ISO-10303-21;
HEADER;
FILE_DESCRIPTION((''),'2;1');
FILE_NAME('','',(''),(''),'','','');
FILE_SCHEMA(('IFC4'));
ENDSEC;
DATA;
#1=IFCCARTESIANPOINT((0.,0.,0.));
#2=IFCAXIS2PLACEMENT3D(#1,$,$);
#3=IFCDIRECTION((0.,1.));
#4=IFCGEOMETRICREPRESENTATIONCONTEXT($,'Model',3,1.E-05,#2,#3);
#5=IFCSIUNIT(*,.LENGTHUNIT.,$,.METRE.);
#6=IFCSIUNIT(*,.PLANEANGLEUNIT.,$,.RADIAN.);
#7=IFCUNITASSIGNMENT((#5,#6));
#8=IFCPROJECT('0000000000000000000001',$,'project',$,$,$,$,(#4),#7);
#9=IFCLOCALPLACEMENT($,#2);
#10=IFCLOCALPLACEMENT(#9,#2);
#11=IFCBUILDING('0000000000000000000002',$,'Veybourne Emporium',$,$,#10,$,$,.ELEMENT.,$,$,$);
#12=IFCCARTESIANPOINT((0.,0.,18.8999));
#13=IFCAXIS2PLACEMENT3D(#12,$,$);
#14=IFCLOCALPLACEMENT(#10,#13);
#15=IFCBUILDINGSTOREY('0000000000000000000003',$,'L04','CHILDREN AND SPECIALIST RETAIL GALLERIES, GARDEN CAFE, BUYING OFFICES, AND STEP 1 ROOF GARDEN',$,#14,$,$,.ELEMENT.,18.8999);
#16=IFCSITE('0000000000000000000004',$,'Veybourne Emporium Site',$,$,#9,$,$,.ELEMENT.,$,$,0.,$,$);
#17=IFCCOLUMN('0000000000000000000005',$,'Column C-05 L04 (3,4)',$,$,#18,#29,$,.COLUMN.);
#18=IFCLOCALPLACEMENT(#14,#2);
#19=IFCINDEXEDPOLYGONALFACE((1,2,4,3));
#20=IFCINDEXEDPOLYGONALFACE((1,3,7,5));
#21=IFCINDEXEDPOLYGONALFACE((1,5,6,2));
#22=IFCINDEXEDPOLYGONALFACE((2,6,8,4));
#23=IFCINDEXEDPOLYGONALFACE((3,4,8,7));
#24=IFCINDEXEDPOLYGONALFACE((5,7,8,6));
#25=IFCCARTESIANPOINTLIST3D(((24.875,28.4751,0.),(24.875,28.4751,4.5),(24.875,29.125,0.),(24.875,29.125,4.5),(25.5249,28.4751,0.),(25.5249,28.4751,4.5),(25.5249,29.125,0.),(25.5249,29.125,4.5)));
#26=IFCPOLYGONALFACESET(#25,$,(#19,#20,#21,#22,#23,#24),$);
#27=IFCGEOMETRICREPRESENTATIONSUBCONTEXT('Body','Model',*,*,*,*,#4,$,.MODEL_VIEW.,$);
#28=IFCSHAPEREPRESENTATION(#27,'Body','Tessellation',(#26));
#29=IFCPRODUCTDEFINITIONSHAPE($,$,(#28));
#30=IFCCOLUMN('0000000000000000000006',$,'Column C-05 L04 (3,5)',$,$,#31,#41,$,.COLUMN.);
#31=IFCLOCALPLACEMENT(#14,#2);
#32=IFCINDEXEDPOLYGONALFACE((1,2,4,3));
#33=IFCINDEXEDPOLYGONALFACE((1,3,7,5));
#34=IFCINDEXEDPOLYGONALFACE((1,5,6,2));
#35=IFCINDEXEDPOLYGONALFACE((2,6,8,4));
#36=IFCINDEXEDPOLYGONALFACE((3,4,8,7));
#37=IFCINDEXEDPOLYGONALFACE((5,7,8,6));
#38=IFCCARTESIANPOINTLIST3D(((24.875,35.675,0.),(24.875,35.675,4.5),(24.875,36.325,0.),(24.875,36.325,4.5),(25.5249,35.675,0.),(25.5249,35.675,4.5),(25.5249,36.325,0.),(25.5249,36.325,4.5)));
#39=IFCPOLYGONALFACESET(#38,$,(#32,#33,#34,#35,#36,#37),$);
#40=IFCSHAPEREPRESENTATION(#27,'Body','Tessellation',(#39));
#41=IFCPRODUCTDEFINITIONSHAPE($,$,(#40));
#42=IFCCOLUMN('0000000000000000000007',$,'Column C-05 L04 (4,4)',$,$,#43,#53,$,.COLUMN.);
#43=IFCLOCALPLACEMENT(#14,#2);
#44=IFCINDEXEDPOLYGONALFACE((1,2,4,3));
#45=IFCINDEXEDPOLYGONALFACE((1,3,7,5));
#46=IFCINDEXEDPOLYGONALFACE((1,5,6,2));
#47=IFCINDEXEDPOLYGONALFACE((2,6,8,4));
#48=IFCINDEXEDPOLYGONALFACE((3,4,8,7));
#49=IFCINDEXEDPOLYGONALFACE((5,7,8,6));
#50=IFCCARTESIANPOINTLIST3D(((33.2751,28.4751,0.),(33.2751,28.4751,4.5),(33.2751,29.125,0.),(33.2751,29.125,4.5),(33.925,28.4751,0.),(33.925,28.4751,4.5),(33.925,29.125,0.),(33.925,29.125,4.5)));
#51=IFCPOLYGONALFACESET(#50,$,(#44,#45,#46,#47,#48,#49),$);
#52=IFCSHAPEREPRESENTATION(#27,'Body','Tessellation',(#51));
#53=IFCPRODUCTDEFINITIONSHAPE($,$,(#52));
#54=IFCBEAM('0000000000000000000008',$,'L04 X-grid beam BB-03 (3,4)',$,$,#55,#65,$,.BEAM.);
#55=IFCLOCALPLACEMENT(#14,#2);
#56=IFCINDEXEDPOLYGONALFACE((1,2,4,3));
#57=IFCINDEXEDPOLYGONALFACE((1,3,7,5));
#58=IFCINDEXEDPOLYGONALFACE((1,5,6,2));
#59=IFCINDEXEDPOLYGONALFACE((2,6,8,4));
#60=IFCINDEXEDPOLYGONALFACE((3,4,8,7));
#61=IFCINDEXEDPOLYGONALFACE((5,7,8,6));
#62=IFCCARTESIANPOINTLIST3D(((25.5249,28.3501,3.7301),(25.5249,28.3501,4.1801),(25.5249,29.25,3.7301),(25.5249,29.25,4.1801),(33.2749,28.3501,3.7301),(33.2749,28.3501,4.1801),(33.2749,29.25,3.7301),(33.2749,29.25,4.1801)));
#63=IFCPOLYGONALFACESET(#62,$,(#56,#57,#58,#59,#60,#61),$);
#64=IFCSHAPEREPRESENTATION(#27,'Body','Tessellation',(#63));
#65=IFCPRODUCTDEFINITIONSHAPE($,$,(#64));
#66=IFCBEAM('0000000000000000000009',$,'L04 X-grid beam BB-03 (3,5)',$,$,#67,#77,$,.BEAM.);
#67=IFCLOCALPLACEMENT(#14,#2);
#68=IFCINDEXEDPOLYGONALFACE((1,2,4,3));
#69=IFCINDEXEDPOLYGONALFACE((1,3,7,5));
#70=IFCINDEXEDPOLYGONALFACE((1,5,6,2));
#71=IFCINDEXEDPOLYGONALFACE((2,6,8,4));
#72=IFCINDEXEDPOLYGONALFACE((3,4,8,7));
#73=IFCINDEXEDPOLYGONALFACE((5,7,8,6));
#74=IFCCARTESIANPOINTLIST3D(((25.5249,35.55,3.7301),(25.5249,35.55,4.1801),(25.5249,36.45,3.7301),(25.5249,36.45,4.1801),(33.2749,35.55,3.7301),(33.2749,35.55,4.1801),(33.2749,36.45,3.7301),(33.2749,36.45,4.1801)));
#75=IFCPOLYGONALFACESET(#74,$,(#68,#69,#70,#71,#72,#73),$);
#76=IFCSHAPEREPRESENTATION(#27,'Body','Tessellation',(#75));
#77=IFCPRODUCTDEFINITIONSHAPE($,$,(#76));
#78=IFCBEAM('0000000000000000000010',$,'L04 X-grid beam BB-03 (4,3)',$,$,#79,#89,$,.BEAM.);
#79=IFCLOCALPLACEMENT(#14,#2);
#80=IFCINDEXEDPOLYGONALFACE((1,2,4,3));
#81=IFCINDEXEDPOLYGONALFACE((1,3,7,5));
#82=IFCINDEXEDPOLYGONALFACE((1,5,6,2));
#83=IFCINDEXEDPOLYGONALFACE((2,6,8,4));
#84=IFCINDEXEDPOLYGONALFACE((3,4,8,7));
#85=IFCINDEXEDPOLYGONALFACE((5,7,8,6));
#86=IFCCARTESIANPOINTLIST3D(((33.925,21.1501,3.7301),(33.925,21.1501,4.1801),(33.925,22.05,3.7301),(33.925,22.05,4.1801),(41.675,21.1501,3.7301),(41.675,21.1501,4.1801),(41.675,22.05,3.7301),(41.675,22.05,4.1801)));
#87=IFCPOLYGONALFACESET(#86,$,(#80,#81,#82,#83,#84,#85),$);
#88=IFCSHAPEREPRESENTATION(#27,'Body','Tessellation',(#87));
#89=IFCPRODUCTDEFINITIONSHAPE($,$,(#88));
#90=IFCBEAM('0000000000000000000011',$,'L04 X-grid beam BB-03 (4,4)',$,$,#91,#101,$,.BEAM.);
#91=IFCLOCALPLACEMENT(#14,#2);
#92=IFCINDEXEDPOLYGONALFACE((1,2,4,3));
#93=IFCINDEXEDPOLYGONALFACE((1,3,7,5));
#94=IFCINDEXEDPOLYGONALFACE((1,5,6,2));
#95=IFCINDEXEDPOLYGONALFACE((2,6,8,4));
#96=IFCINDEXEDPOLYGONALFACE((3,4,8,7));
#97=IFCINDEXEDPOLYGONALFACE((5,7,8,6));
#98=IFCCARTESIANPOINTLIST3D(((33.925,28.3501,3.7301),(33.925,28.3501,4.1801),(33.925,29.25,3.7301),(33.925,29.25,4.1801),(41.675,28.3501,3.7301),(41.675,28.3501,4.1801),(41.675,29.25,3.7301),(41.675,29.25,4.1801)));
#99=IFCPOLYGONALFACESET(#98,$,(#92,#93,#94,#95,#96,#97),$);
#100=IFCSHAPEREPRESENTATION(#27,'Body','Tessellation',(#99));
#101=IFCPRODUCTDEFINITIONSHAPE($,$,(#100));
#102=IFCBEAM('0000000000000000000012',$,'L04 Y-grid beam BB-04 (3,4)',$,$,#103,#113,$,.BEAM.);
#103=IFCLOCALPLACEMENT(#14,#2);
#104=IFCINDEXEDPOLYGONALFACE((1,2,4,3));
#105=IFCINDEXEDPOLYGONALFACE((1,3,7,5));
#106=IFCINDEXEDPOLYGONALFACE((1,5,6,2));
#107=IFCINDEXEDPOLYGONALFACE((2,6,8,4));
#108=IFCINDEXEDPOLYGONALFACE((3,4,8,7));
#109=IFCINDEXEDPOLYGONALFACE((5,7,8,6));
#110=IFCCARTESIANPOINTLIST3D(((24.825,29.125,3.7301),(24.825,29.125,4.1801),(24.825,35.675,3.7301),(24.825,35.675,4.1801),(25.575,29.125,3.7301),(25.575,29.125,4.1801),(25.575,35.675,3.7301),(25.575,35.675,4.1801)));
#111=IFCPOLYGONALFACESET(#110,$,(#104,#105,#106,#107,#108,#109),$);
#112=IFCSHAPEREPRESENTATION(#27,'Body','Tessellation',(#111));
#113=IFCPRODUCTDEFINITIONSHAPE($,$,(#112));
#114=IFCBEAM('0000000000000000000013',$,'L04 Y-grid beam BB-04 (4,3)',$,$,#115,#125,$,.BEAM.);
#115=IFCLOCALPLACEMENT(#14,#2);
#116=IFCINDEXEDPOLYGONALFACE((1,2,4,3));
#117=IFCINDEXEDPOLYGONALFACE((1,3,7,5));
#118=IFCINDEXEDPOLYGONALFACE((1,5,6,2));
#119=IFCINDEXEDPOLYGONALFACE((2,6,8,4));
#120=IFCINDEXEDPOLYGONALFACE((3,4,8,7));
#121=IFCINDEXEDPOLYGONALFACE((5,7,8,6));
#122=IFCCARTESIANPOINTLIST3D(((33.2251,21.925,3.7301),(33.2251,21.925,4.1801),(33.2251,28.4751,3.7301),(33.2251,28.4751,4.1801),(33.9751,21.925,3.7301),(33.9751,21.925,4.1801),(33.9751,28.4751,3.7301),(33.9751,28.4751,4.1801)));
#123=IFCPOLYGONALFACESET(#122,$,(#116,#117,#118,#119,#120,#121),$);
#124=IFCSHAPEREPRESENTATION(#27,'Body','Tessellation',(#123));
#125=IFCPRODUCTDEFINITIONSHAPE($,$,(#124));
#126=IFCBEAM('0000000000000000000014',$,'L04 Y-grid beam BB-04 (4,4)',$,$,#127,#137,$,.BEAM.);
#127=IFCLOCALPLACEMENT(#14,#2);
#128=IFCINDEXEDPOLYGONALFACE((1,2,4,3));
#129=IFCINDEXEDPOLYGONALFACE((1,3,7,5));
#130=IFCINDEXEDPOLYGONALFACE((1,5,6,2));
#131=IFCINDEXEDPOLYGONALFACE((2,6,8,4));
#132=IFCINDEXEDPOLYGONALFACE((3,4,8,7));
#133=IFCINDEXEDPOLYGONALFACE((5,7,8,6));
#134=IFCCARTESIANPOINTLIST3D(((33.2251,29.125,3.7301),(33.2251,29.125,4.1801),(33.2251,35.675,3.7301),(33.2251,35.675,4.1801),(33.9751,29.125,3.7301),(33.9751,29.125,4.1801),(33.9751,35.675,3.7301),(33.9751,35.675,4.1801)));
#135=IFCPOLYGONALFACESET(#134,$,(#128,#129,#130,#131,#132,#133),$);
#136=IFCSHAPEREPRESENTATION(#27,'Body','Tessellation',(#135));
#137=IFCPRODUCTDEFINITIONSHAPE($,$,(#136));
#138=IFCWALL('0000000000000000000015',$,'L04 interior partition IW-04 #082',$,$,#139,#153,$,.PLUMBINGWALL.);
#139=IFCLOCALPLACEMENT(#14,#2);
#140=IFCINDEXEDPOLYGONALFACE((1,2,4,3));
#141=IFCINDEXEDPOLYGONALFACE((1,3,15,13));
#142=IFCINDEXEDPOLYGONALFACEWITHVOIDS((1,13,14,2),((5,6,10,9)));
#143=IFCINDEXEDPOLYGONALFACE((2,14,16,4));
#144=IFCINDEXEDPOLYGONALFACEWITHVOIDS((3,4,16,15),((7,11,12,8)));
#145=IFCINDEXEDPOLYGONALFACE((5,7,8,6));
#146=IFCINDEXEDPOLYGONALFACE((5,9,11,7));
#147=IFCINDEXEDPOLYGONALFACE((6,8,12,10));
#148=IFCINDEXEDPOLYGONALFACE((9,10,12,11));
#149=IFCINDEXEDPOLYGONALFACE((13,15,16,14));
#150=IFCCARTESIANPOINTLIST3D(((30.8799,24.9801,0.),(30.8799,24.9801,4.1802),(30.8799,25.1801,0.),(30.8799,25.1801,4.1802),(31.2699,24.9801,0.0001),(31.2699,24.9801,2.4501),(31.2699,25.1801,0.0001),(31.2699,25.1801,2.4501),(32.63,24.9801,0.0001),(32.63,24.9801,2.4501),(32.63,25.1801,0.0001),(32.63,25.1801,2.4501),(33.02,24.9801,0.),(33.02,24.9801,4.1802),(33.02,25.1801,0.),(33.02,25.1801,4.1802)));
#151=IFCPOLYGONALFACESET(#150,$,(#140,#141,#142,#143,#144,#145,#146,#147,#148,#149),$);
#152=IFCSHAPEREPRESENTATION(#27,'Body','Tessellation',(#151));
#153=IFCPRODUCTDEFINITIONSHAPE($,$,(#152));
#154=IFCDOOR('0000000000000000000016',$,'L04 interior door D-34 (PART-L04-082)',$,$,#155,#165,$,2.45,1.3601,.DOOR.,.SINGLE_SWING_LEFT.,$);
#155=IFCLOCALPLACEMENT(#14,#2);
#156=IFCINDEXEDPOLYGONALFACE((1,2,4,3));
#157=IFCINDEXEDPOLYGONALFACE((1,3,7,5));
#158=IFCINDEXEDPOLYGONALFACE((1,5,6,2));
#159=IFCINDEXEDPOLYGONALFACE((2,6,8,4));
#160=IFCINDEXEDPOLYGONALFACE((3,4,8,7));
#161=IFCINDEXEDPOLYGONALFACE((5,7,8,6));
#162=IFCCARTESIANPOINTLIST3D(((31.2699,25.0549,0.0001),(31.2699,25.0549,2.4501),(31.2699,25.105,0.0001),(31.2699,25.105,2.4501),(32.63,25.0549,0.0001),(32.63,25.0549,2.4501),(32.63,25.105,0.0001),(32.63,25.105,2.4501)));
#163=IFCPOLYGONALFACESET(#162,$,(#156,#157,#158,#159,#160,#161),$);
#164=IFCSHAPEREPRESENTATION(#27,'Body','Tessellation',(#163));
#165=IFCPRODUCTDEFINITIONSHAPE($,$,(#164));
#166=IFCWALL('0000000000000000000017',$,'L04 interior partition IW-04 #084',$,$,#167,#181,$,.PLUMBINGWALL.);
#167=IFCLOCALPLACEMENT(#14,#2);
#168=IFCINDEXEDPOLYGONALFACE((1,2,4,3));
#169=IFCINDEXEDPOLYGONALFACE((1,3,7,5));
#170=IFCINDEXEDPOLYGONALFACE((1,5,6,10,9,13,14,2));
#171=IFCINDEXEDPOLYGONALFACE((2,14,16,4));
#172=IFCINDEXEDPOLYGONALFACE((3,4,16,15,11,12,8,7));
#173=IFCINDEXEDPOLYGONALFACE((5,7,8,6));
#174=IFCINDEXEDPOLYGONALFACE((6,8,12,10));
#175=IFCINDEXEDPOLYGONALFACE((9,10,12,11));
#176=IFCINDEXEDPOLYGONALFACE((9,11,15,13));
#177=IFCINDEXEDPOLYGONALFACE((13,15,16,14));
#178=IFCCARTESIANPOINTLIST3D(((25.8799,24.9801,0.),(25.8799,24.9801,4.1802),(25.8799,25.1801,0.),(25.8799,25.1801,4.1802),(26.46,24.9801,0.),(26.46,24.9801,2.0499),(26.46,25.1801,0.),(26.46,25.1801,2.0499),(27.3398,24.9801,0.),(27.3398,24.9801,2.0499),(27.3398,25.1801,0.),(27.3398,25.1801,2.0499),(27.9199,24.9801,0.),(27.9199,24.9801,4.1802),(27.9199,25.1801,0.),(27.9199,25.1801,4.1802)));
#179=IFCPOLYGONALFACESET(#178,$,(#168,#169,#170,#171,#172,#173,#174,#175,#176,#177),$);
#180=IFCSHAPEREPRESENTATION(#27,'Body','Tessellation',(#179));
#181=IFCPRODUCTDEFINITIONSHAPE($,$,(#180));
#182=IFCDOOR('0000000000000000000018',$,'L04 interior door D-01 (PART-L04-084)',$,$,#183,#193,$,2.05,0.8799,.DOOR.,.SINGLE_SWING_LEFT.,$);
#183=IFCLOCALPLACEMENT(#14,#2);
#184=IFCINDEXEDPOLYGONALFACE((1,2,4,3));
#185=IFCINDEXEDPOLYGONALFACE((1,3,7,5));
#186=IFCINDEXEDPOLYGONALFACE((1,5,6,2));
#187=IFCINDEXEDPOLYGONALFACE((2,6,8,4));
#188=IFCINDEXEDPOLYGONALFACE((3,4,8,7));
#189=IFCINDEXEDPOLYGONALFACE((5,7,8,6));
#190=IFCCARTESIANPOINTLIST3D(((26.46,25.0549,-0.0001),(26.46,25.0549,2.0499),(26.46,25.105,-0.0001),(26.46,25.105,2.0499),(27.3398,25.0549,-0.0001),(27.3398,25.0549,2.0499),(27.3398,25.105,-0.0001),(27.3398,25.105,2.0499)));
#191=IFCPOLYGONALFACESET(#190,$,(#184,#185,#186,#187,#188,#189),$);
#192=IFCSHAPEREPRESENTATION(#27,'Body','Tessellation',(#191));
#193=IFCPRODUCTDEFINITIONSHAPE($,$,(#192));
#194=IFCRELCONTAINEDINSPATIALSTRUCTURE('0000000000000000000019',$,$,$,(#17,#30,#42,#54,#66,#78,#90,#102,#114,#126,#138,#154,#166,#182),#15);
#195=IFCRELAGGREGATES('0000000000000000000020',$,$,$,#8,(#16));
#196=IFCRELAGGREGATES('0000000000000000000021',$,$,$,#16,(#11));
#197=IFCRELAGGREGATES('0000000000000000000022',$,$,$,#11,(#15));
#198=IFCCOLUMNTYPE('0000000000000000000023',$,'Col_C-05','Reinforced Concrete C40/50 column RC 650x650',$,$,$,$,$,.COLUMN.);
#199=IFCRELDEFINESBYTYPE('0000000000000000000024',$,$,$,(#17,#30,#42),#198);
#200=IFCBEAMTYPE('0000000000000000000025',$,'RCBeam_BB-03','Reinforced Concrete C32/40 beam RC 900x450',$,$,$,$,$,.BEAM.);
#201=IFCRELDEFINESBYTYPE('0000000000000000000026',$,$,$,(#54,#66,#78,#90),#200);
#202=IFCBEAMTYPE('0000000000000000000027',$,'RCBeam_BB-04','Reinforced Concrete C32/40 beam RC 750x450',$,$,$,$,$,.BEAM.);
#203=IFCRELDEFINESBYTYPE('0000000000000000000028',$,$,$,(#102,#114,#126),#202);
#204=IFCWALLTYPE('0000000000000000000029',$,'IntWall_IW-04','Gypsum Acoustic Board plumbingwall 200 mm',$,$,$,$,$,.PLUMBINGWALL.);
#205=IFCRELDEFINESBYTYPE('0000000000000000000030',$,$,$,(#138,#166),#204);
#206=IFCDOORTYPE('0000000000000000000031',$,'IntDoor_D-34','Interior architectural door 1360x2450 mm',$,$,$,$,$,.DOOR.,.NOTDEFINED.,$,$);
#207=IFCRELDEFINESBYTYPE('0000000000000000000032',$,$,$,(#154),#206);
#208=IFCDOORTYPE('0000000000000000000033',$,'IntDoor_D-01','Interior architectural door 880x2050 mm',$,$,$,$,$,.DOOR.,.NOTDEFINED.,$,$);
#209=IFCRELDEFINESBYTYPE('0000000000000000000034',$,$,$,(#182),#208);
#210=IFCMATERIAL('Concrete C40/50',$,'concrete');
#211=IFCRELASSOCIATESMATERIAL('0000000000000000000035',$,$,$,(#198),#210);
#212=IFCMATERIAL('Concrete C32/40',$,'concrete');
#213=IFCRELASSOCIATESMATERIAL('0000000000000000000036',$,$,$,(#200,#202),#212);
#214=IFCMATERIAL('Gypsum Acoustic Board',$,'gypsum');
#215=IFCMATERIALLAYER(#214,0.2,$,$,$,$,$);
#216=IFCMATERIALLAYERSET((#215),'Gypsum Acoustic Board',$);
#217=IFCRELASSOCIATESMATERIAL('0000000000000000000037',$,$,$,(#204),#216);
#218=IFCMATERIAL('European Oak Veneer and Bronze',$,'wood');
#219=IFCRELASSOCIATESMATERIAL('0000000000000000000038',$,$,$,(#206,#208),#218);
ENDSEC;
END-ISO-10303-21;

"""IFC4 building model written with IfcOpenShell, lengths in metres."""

from ifc_helpers import new_model, si_unit, direction, frame, frame_2d, origin, origin_2d, place, context, subcontext, project, spatial, rectangle, extrude, material, layer, layer_set, material_profile, profile_set, type_object, element, fill, save


model = new_model("IFC4")

# Units and contexts
model_context = context("Model", 3, precision=1e-05, world=origin(), true_north=direction((0.0, 1.0)))
body_context = subcontext(model_context, "Body", "Model", "MODEL_VIEW")
ifc_project = project(units=[si_unit("LENGTHUNIT", "METRE"), si_unit("PLANEANGLEUNIT", "RADIAN")], contexts=[model_context])

# Site, building, storey
site_placement = place(None, origin())
site = spatial("IfcSite", under=ifc_project, at=site_placement, Name="Veybourne Emporium Site", CompositionType="ELEMENT", RefElevation=0.0)
building_placement = place(site_placement, origin())
building = spatial("IfcBuilding", under=site, at=building_placement, Name="Veybourne Emporium", CompositionType="ELEMENT")
storey_placement = place(building_placement, frame((0.0, 0.0, 18.8999)))
storey = spatial("IfcBuildingStorey", under=building, at=storey_placement, Name="L04", Description="CHILDREN AND SPECIALIST RETAIL GALLERIES, GARDEN CAFE, BUYING OFFICES, AND STEP 1 ROOF GARDEN", CompositionType="ELEMENT", Elevation=18.8999)

# Columns
ifc_material_1 = material(Name="Concrete C40/50", Category="concrete")
ifc_material_profile_1 = material_profile(ifc_material_1, rectangle(XDim=0.6499, YDim=0.6499, at=origin_2d()), Name="RC 650x650")
ifc_profile_set_1 = profile_set([ifc_material_profile_1], Name="Concrete C40/50")
column_type = type_object("IfcColumnType", Name="Col_C-05", Description="Reinforced Concrete C40/50 column RC 650x650", PredefinedType="COLUMN", material=ifc_profile_set_1)
for number, where, z_axis, x_axis, name in (
    (1, (25.2, 28.8, 0.0), (0.0, 0.0, 1.0), (1.0, 0.0, 0.0), "Column C-05 L04 (3,4)"),
    (2, (25.2, 36.0, 0.0), (0.0, 0.0, 1.0), (1.0, 0.0, 0.0), "Column C-05 L04 (3,5)"),
    (3, (33.6001, 28.8, 0.0), (0.0, 0.0, 1.0), (1.0, 0.0, 0.0), "Column C-05 L04 (4,4)"),
):
    element("IfcColumn", number, at=place(storey_placement, frame(where, z_axis=z_axis, x_axis=x_axis)), inside=storey, type_object=column_type, Name=name, PredefinedType="COLUMN", context=body_context, shape_type="SweptSolid", body=[
        extrude(rectangle(XDim=0.6499, YDim=0.6499, at=origin_2d()), origin(), (0.0, 0.0, 1.0), 4.5),
    ])

# Beams
ifc_material_2 = material(Name="Concrete C32/40", Category="concrete")
ifc_material_profile_2 = material_profile(ifc_material_2, rectangle(XDim=0.8999, YDim=0.45, at=origin_2d()), Name="RC 900x450")
ifc_profile_set_2 = profile_set([ifc_material_profile_2], Name="Concrete C32/40")
beam_type_1 = type_object("IfcBeamType", Name="RCBeam_BB-03", Description="Reinforced Concrete C32/40 beam RC 900x450", PredefinedType="BEAM", material=ifc_profile_set_2)
for number, where, z_axis, x_axis, name in (
    (4, (25.5249, 28.8, 3.9551), (1.0, 0.0, 0.0), (0.0, 1.0, 0.0), "L04 X-grid beam BB-03 (3,4)"),
    (5, (25.5249, 36.0, 3.9551), (1.0, 0.0, 0.0), (0.0, 1.0, 0.0), "L04 X-grid beam BB-03 (3,5)"),
    (6, (33.925, 21.6001, 3.9551), (1.0, 0.0, 0.0), (0.0, 1.0, 0.0), "L04 X-grid beam BB-03 (4,3)"),
    (7, (33.925, 28.8, 3.9551), (1.0, 0.0, 0.0), (0.0, 1.0, 0.0), "L04 X-grid beam BB-03 (4,4)"),
):
    element("IfcBeam", number, at=place(storey_placement, frame(where, z_axis=z_axis, x_axis=x_axis)), inside=storey, type_object=beam_type_1, Name=name, PredefinedType="BEAM", context=body_context, shape_type="SweptSolid", body=[
        extrude(rectangle(XDim=0.8999, YDim=0.45, at=origin_2d()), origin(), (0.0, 0.0, 1.0), 7.75),
    ])
ifc_material_profile_3 = material_profile(ifc_material_2, rectangle(XDim=0.75, YDim=0.45, at=origin_2d()), Name="RC 750x450")
ifc_profile_set_3 = profile_set([ifc_material_profile_3], Name="Concrete C32/40")
beam_type_2 = type_object("IfcBeamType", Name="RCBeam_BB-04", Description="Reinforced Concrete C32/40 beam RC 750x450", PredefinedType="BEAM", material=ifc_profile_set_3)
for number, where, z_axis, x_axis, name in (
    (8, (25.2, 29.125, 3.9551), (0.0, 1.0, 0.0), (-1.0, 0.0, 0.0), "L04 Y-grid beam BB-04 (3,4)"),
    (9, (33.6001, 21.925, 3.9551), (0.0, 1.0, 0.0), (-1.0, 0.0, 0.0), "L04 Y-grid beam BB-04 (4,3)"),
    (10, (33.6001, 29.125, 3.9551), (0.0, 1.0, 0.0), (-1.0, 0.0, 0.0), "L04 Y-grid beam BB-04 (4,4)"),
):
    element("IfcBeam", number, at=place(storey_placement, frame(where, z_axis=z_axis, x_axis=x_axis)), inside=storey, type_object=beam_type_2, Name=name, PredefinedType="BEAM", context=body_context, shape_type="SweptSolid", body=[
        extrude(rectangle(XDim=0.75, YDim=0.45, at=origin_2d()), origin(), (0.0, 0.0, 1.0), 6.55),
    ])

# Walls, openings, doors
ifc_material_3 = material(Name="Gypsum Acoustic Board", Category="gypsum")
ifc_layer = layer(ifc_material_3, 0.2)
ifc_layer_set = layer_set([ifc_layer], Name="Gypsum Acoustic Board")
wall_type = type_object("IfcWallType", Name="IntWall_IW-04", Description="Gypsum Acoustic Board plumbingwall 200 mm", PredefinedType="PLUMBINGWALL", material=ifc_layer_set)
wall_1_placement = place(storey_placement, frame((30.8799, 25.0801, 0.0), z_axis=(0.0, 0.0, 1.0), x_axis=(1.0, 0.0, 0.0)))
wall_1 = element("IfcWall", 11, at=wall_1_placement, inside=storey, type_object=wall_type, Name="L04 interior partition IW-04 #082", PredefinedType="PLUMBINGWALL", context=body_context, shape_type="SweptSolid", body=[
    extrude(rectangle(XDim=2.1401, YDim=0.2, at=frame_2d((1.0701, 0.0))), origin(), (0.0, 0.0, 1.0), 4.1802),
])
opening_1_placement = place(wall_1_placement, frame((0.3899, 0.0, 0.0)))
opening_1 = element("IfcOpeningElement", 12, at=opening_1_placement, cuts=wall_1, PredefinedType="OPENING", context=body_context, shape_type="SweptSolid", body=[
    extrude(rectangle(XDim=1.3601, YDim=2.45, at=frame_2d((0.6802, 1.2251))), frame((0.0, 0.1201, 0.0), z_axis=(0.0, -1.0, 0.0), x_axis=(1.0, 0.0, 0.0)), (0.0, 0.0, 1.0), 0.24),
])
ifc_material_4 = material(Name="European Oak Veneer and Bronze", Category="wood")
door_type_1 = type_object("IfcDoorType", Name="IntDoor_D-34", Description="Interior architectural door 1360x2450 mm", OperationType="NOTDEFINED", PredefinedType="DOOR", material=ifc_material_4)
door_1_placement = place(opening_1_placement, origin())
door_1 = element("IfcDoor", 13, at=door_1_placement, inside=storey, type_object=door_type_1, Name="L04 interior door D-34 (PART-L04-082)", OperationType="SINGLE_SWING_LEFT", OverallHeight=2.45, OverallWidth=1.3601, PredefinedType="DOOR", context=body_context, shape_type="SweptSolid", body=[
    extrude(rectangle(XDim=1.3601, YDim=2.45, at=frame_2d((0.6802, 1.2251))), frame((0.0, 0.0249, 0.0), z_axis=(0.0, -1.0, 0.0), x_axis=(1.0, 0.0, 0.0)), (0.0, 0.0, 1.0), 0.05),
])
fill(opening_1, door_1)
wall_2_placement = place(storey_placement, frame((25.8799, 25.0801, 0.0), z_axis=(0.0, 0.0, 1.0), x_axis=(1.0, 0.0, 0.0)))
wall_2 = element("IfcWall", 14, at=wall_2_placement, inside=storey, type_object=wall_type, Name="L04 interior partition IW-04 #084", PredefinedType="PLUMBINGWALL", context=body_context, shape_type="SweptSolid", body=[
    extrude(rectangle(XDim=2.04, YDim=0.2, at=frame_2d((1.02, 0.0))), origin(), (0.0, 0.0, 1.0), 4.1802),
])
opening_2_placement = place(wall_2_placement, frame((0.5801, 0.0, 0.0)))
opening_2 = element("IfcOpeningElement", 15, at=opening_2_placement, cuts=wall_2, PredefinedType="OPENING", context=body_context, shape_type="SweptSolid", body=[
    extrude(rectangle(XDim=0.8799, YDim=2.05, at=frame_2d((0.4399, 1.0249))), frame((0.0, 0.1201, 0.0), z_axis=(0.0, -1.0, 0.0), x_axis=(1.0, 0.0, 0.0)), (0.0, 0.0, 1.0), 0.24),
])
door_type_2 = type_object("IfcDoorType", Name="IntDoor_D-01", Description="Interior architectural door 880x2050 mm", OperationType="NOTDEFINED", PredefinedType="DOOR", material=ifc_material_4)
door_2_placement = place(opening_2_placement, origin())
door_2 = element("IfcDoor", 16, at=door_2_placement, inside=storey, type_object=door_type_2, Name="L04 interior door D-01 (PART-L04-084)", OperationType="SINGLE_SWING_LEFT", OverallHeight=2.05, OverallWidth=0.8799, PredefinedType="DOOR", context=body_context, shape_type="SweptSolid", body=[
    extrude(rectangle(XDim=0.8799, YDim=2.05, at=frame_2d((0.4399, 1.0249))), frame((0.0, 0.0249, 0.0), z_axis=(0.0, -1.0, 0.0), x_axis=(1.0, 0.0, 0.0)), (0.0, 0.0, 1.0), 0.05),
])
fill(opening_2, door_2)

save(model, "model.ifc")
